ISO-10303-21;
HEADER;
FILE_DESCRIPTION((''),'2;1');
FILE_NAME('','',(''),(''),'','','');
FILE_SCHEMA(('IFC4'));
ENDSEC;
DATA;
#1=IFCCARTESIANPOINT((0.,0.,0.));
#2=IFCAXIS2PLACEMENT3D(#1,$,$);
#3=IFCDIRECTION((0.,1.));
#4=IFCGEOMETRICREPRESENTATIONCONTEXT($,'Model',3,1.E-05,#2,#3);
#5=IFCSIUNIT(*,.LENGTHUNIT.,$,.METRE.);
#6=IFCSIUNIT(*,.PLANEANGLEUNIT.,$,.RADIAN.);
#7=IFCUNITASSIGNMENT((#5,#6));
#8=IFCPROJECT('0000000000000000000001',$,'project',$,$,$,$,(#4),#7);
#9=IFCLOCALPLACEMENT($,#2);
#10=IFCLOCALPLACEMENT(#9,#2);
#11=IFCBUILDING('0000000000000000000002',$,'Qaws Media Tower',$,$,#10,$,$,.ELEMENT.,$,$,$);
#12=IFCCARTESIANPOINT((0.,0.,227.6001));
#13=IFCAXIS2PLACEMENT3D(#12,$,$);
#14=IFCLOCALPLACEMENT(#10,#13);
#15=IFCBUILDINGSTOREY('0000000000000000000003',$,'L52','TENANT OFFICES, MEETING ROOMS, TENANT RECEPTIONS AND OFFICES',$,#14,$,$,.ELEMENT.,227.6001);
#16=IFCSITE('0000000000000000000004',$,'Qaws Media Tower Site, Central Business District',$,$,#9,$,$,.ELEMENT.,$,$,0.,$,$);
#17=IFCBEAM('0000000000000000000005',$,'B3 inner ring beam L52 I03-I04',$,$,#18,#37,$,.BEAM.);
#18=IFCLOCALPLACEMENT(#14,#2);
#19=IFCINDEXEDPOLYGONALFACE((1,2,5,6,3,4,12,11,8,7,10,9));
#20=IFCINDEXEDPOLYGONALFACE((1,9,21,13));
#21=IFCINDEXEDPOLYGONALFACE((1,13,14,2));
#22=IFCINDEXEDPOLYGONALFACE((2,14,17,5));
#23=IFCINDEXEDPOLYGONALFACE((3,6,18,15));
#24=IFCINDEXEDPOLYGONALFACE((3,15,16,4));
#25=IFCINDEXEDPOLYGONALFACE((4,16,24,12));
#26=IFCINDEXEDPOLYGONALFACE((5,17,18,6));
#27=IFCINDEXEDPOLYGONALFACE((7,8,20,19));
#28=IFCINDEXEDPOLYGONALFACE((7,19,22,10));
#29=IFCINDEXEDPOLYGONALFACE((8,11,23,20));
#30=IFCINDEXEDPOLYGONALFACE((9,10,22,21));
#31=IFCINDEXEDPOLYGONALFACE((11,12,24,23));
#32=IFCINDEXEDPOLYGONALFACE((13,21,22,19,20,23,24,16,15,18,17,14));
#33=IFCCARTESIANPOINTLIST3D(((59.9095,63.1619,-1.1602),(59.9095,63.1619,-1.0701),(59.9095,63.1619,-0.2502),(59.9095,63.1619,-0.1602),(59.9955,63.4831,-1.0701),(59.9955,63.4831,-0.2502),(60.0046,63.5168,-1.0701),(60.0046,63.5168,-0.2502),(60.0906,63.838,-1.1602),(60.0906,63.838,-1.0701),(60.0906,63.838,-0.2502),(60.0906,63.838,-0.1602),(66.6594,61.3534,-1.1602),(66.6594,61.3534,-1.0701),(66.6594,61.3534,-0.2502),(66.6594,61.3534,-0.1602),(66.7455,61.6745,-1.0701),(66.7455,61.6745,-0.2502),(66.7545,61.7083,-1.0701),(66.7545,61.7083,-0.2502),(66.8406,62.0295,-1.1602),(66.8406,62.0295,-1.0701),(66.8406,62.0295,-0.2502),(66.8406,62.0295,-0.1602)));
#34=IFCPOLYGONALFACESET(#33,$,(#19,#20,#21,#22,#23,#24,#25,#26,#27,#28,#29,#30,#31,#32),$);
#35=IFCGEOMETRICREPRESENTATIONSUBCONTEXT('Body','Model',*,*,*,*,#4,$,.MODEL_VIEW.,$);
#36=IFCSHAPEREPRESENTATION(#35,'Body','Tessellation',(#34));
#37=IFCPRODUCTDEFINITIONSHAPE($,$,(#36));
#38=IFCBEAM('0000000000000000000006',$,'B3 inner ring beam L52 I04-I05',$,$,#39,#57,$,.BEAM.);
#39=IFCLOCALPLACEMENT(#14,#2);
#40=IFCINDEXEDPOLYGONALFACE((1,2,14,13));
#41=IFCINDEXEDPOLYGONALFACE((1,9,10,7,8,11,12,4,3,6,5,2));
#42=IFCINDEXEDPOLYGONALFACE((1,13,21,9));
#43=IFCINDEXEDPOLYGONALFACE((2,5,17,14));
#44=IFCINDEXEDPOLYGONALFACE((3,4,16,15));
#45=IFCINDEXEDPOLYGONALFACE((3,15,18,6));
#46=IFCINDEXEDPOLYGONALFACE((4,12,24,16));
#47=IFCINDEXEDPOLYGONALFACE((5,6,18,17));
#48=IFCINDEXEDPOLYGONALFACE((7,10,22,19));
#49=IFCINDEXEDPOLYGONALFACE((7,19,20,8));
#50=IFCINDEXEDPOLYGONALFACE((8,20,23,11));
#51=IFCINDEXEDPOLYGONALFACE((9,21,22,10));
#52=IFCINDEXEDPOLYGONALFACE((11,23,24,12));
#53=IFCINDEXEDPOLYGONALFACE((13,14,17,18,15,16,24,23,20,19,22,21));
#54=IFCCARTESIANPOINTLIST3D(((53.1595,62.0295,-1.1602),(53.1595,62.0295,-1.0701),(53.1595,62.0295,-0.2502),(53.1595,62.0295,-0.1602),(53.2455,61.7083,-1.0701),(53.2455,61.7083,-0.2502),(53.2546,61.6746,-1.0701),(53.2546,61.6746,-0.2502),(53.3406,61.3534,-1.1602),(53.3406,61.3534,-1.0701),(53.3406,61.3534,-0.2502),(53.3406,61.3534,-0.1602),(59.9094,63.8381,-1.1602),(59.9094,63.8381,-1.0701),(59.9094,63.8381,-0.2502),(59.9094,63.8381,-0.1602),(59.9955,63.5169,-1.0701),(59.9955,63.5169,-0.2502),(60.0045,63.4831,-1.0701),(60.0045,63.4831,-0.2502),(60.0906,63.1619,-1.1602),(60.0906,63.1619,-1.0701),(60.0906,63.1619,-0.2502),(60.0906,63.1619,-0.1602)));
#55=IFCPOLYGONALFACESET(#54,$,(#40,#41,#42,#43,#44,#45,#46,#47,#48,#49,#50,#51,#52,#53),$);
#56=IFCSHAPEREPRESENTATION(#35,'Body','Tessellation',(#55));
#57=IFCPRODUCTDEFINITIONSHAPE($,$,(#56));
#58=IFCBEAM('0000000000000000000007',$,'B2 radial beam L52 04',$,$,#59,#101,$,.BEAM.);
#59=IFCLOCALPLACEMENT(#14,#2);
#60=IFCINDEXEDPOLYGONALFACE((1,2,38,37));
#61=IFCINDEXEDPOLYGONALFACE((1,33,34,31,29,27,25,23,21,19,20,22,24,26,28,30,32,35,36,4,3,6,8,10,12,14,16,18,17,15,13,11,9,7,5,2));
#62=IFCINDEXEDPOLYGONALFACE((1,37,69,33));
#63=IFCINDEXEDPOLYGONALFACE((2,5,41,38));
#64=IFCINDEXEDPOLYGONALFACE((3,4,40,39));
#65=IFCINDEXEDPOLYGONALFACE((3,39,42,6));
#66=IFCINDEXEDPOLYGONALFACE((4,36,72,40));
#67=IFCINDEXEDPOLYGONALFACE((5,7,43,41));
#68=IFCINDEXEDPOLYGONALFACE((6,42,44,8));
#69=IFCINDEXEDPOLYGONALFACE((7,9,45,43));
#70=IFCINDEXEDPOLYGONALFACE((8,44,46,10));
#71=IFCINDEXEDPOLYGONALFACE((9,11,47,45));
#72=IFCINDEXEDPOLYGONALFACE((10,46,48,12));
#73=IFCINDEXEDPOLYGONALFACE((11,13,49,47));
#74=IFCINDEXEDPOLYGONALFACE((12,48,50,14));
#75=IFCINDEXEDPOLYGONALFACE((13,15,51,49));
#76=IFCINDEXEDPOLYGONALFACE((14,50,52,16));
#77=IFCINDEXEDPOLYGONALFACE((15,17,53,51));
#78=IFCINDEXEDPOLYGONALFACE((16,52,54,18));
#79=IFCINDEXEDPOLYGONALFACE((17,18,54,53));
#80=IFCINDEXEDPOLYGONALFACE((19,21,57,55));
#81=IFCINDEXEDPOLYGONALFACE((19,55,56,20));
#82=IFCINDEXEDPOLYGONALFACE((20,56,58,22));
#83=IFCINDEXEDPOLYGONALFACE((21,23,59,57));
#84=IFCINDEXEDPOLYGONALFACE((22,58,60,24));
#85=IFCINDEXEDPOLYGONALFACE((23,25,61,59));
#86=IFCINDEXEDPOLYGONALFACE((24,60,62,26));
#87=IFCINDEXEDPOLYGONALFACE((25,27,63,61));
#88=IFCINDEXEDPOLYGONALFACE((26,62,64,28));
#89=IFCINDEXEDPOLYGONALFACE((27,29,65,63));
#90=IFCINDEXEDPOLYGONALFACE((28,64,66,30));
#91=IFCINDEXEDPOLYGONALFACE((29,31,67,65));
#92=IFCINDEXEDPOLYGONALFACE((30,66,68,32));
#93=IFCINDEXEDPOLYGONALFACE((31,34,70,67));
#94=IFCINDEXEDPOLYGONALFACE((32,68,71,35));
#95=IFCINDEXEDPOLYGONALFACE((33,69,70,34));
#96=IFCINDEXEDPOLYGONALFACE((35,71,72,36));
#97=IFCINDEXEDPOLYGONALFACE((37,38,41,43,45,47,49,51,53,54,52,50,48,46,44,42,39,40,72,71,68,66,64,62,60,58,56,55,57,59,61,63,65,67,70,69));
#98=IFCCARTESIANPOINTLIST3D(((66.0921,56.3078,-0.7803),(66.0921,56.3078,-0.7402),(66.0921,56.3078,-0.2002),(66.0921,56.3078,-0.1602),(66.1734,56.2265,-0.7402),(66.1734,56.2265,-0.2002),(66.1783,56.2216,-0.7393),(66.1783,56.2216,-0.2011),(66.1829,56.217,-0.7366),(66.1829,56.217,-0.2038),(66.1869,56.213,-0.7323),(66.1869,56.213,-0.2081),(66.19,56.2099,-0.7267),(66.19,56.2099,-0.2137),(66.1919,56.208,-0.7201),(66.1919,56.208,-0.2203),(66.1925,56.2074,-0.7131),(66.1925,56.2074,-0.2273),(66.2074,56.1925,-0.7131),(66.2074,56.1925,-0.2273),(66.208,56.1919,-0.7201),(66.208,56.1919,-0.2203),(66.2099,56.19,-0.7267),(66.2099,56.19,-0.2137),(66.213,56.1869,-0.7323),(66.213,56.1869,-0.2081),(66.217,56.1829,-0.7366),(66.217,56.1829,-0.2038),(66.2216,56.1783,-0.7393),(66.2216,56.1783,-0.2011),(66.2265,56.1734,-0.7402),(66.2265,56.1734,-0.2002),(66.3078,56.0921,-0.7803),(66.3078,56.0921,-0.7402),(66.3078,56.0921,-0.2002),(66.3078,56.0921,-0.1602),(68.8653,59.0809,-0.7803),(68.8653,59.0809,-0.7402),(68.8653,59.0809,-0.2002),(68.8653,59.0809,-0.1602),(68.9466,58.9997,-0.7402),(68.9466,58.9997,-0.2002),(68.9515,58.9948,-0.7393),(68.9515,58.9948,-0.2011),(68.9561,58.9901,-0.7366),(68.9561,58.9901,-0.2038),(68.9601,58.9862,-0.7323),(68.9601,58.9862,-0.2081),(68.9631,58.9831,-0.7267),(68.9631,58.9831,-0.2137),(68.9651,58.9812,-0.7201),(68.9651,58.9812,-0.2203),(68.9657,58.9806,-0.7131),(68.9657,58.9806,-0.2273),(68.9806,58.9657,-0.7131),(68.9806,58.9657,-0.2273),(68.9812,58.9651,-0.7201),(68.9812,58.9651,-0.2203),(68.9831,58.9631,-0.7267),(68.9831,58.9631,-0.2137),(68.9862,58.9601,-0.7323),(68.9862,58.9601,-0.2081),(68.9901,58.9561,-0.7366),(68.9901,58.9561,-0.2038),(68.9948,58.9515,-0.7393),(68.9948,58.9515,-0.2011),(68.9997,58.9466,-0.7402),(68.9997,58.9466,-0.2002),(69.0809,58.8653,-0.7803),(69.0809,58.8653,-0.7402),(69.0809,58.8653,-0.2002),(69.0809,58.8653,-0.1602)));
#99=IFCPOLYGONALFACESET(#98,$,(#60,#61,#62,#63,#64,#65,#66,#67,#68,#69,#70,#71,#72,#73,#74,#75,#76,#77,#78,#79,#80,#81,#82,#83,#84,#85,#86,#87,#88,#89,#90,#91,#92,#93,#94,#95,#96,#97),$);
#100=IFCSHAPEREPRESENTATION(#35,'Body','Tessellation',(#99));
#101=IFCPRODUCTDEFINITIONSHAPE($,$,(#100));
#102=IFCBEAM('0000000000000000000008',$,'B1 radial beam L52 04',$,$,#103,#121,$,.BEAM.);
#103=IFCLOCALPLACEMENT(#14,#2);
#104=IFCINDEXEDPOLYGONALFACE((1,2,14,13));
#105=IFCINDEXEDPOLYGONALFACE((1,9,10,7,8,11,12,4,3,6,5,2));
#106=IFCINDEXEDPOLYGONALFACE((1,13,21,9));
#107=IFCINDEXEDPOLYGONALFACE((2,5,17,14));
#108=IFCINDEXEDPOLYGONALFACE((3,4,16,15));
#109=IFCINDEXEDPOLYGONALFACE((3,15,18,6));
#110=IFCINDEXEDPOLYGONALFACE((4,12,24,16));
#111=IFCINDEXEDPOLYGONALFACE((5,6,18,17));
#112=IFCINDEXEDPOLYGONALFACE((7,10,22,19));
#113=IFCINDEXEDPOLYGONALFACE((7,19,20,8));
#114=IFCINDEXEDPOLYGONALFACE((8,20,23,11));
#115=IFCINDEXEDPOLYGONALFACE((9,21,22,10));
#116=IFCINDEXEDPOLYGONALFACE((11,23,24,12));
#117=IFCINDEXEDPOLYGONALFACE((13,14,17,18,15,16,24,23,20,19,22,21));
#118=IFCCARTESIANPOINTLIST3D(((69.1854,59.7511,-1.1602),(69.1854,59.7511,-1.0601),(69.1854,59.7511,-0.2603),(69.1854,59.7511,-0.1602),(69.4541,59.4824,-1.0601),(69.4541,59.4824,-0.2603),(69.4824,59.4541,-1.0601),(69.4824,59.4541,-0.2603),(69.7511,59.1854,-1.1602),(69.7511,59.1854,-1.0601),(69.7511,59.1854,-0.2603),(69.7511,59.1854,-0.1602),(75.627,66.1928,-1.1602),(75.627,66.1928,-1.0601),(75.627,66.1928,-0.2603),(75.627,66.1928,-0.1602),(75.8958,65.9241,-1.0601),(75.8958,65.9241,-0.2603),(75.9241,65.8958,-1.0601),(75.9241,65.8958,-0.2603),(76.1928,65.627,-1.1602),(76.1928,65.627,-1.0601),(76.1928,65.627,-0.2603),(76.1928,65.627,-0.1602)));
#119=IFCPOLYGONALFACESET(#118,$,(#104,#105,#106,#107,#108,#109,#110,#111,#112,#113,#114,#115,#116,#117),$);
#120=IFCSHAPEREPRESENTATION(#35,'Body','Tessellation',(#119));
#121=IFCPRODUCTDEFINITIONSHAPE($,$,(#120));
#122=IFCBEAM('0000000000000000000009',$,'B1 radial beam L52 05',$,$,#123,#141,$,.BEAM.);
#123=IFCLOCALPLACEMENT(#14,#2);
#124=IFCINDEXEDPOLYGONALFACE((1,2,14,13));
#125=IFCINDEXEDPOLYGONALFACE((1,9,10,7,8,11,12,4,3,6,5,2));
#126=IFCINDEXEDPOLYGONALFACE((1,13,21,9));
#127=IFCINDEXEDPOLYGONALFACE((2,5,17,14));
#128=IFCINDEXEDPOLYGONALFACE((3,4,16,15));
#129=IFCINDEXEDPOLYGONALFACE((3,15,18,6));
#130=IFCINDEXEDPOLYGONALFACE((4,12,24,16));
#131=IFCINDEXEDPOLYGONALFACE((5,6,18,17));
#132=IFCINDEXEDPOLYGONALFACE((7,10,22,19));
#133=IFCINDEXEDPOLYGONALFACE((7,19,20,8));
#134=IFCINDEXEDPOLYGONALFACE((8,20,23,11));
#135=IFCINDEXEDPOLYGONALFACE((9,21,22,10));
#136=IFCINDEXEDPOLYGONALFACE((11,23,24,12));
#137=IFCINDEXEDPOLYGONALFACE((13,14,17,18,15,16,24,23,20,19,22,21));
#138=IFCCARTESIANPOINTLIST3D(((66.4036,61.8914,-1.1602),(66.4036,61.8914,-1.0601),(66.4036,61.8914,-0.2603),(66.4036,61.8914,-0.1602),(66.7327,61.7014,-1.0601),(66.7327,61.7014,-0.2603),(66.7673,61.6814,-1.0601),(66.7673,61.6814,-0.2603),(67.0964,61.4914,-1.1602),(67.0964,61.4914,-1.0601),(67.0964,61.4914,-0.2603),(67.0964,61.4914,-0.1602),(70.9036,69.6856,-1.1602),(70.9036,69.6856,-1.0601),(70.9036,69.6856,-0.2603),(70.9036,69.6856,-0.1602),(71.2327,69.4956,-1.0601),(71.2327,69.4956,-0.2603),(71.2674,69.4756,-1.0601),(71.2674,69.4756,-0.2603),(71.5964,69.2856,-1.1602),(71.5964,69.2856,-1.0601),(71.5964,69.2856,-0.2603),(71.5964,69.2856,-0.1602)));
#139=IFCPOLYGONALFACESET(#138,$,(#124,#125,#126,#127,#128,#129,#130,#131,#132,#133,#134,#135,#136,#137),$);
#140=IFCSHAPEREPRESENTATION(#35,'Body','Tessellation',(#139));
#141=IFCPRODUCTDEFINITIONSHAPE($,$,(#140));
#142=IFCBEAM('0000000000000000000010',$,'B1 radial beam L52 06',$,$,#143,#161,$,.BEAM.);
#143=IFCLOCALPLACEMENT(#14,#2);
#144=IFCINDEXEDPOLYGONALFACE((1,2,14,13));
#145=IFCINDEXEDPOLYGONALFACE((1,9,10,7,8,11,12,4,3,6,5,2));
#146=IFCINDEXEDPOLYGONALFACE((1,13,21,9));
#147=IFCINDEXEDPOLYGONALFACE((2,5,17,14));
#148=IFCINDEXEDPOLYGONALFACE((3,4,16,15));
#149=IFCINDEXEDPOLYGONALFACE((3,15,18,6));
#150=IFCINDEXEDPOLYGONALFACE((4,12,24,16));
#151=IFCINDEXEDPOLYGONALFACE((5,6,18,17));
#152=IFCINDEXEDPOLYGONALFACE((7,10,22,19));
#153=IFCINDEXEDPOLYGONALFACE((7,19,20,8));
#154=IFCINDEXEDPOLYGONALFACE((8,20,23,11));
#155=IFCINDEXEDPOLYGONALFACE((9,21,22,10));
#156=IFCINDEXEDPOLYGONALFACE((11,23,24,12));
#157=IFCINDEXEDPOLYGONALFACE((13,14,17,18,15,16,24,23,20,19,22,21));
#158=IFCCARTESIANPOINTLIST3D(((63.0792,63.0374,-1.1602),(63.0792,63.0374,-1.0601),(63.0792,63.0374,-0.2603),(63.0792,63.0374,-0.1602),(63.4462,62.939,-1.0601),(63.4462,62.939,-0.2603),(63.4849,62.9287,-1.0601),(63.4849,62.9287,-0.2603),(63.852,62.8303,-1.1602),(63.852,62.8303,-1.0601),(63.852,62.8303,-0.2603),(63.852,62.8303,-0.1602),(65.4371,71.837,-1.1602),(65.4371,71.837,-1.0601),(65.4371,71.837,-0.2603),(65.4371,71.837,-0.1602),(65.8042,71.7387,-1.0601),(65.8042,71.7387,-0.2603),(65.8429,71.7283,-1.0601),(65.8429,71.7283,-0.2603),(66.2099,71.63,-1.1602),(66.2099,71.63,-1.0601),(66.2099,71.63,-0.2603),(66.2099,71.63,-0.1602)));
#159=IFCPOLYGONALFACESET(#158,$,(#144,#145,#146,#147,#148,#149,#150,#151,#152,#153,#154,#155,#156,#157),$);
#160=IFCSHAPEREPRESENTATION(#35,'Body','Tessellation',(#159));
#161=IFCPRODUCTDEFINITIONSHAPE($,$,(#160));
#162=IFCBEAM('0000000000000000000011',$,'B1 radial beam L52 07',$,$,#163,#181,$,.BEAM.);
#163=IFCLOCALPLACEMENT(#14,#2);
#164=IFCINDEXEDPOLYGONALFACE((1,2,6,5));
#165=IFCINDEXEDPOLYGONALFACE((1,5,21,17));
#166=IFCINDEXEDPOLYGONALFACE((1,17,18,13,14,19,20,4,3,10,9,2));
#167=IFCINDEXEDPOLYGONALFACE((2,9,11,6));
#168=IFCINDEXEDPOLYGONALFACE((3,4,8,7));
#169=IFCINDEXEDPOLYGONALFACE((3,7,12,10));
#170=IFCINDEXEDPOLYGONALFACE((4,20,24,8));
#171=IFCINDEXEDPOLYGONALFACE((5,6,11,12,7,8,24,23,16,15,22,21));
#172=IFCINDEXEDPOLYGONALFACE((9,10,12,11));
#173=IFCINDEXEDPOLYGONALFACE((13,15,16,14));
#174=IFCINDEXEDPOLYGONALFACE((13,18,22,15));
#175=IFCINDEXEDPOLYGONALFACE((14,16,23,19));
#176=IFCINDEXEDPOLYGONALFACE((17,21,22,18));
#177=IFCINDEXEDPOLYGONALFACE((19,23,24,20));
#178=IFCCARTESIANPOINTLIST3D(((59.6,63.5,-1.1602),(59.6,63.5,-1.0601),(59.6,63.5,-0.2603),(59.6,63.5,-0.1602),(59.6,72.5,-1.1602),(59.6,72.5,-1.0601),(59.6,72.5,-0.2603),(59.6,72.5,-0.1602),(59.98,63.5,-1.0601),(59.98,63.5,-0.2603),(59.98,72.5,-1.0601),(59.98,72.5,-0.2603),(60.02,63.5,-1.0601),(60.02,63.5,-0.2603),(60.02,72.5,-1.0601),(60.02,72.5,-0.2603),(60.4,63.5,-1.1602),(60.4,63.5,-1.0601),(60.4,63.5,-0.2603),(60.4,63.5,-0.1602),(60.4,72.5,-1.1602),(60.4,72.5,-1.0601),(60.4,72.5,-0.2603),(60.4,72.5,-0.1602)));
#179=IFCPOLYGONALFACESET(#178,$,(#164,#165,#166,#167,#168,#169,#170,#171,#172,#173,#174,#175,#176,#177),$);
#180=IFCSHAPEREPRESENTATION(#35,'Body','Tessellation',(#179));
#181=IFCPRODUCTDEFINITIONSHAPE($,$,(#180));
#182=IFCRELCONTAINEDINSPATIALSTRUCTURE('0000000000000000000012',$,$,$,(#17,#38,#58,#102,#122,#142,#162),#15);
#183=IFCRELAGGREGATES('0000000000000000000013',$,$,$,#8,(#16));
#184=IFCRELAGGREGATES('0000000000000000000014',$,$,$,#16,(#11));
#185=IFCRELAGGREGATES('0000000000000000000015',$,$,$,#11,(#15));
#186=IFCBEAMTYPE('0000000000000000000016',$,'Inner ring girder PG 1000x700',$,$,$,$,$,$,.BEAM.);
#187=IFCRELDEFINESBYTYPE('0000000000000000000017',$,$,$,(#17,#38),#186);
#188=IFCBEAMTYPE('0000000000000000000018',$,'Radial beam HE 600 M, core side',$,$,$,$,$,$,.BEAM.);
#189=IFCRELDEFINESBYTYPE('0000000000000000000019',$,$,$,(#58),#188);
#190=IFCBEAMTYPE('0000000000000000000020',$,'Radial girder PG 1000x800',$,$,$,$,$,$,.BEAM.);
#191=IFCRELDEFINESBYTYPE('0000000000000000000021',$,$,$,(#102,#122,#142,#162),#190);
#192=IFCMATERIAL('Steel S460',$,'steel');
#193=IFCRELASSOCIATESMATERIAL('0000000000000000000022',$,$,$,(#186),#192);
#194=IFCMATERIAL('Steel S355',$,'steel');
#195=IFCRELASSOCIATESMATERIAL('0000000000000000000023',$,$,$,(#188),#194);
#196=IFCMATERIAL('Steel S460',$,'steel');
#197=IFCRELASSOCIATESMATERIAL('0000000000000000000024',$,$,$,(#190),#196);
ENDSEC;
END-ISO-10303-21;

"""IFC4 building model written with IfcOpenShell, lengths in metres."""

from ifc_helpers import new_model, si_unit, direction, frame, origin, origin_2d, place, context, subcontext, project, spatial, i_section, extrude, material, material_profile, profile_set, type_object, element, save


model = new_model("IFC4")

# Units and contexts
model_context = context("Model", 3, precision=1e-05, world=origin(), true_north=direction((0.0, 1.0)))
body_context = subcontext(model_context, "Body", "Model", "MODEL_VIEW")
ifc_project = project(units=[si_unit("LENGTHUNIT", "METRE"), si_unit("PLANEANGLEUNIT", "RADIAN")], contexts=[model_context])

# Site, building, storey
site_placement = place(None, origin())
site = spatial("IfcSite", under=ifc_project, at=site_placement, Name="Qaws Media Tower Site, Central Business District", CompositionType="ELEMENT", RefElevation=0.0)
building_placement = place(site_placement, origin())
building = spatial("IfcBuilding", under=site, at=building_placement, Name="Qaws Media Tower", CompositionType="ELEMENT")
storey_placement = place(building_placement, frame((0.0, 0.0, 227.6001)))
storey = spatial("IfcBuildingStorey", under=building, at=storey_placement, Name="L52", Description="TENANT OFFICES, MEETING ROOMS, TENANT RECEPTIONS AND OFFICES", CompositionType="ELEMENT", Elevation=227.6001)

# Beams
ifc_material_1 = material(Name="Steel S460", Category="steel")
ifc_material_profile_1 = material_profile(ifc_material_1, i_section(OverallWidth=0.7, OverallDepth=1.0, WebThickness=0.0349, FlangeThickness=0.0901, at=origin_2d()), Name="PG 1000x700")
ifc_profile_set_1 = profile_set([ifc_material_profile_1], Name="Steel S460")
beam_type_1 = type_object("IfcBeamType", Name="Inner ring girder PG 1000x700", PredefinedType="BEAM", material=ifc_profile_set_1)
for number, where, z_axis, x_axis, name in (
    (1, (66.75, 61.6914, -0.6602), (-0.965928, 0.258811, 0.0), (-0.258811, -0.965928, 0.0), "B3 inner ring beam L52 I03-I04"),
    (2, (60.0, 63.5, -0.6602), (-0.965928, -0.258811, 0.0), (0.258811, -0.965928, 0.0), "B3 inner ring beam L52 I04-I05"),
):
    element("IfcBeam", number, at=place(storey_placement, frame(where, z_axis=z_axis, x_axis=x_axis)), inside=storey, type_object=beam_type_1, Name=name, PredefinedType="BEAM", context=body_context, shape_type="SweptSolid", body=[
        extrude(i_section(OverallWidth=0.7, OverallDepth=1.0, WebThickness=0.0349, FlangeThickness=0.0901, at=origin_2d()), origin(), (0.0, 0.0, 1.0), 6.988),
    ])
ifc_material_2 = material(Name="Steel S355", Category="steel")
ifc_material_profile_2 = material_profile(ifc_material_2, i_section(OverallWidth=0.3049, OverallDepth=0.6201, WebThickness=0.021, FlangeThickness=0.04, FilletRadius=0.0271, at=origin_2d()), Name="HE 600 M")
ifc_profile_set_2 = profile_set([ifc_material_profile_2], Name="Steel S355")
beam_type_2 = type_object("IfcBeamType", Name="Radial beam HE 600 M, core side", PredefinedType="BEAM", material=ifc_profile_set_2)
beam_1_placement = place(storey_placement, frame((66.2, 56.2, -0.4702), z_axis=(0.707107, 0.707107, 0.0), x_axis=(-0.707107, 0.707107, 0.0)))
element("IfcBeam", 3, at=beam_1_placement, inside=storey, type_object=beam_type_2, Name="B2 radial beam L52 04", PredefinedType="BEAM", context=body_context, shape_type="SweptSolid", body=[
    extrude(i_section(OverallWidth=0.3049, OverallDepth=0.6201, WebThickness=0.021, FlangeThickness=0.04, FilletRadius=0.0271, at=origin_2d()), origin(), (0.0, 0.0, 1.0), 3.9219),
])
ifc_material_3 = material(Name="Steel S460", Category="steel")
ifc_material_profile_3 = material_profile(ifc_material_3, i_section(OverallWidth=0.8, OverallDepth=1.0, WebThickness=0.04, FlangeThickness=0.1001, at=origin_2d()), Name="PG 1000x800")
ifc_profile_set_3 = profile_set([ifc_material_profile_3], Name="Steel S460")
beam_type_3 = type_object("IfcBeamType", Name="Radial girder PG 1000x800", PredefinedType="BEAM", material=ifc_profile_set_3)
beam_2_placement = place(storey_placement, frame((69.4683, 59.4683, -0.6602), z_axis=(0.707107, 0.707107, 0.0), x_axis=(-0.707107, 0.707107, 0.0)))
element("IfcBeam", 4, at=beam_2_placement, inside=storey, type_object=beam_type_3, Name="B1 radial beam L52 04", PredefinedType="BEAM", context=body_context, shape_type="SweptSolid", body=[
    extrude(i_section(OverallWidth=0.8, OverallDepth=1.0, WebThickness=0.04, FlangeThickness=0.1001, at=origin_2d()), origin(), (0.0, 0.0, 1.0), 9.1099),
])
beam_3_placement = place(storey_placement, frame((66.75, 61.6914, -0.6602), z_axis=(0.500002, 0.866024, 0.0), x_axis=(-0.866024, 0.500002, 0.0)))
element("IfcBeam", 5, at=beam_3_placement, inside=storey, type_object=beam_type_3, Name="B1 radial beam L52 05", PredefinedType="BEAM", context=body_context, shape_type="SweptSolid", body=[
    extrude(i_section(OverallWidth=0.8, OverallDepth=1.0, WebThickness=0.04, FlangeThickness=0.1001, at=origin_2d()), origin(), (0.0, 0.0, 1.0), 9.0),
])
beam_4_placement = place(storey_placement, frame((63.4656, 62.9338, -0.6602), z_axis=(0.258827, 0.965924, 0.0), x_axis=(-0.965924, 0.258827, 0.0)))
element("IfcBeam", 6, at=beam_4_placement, inside=storey, type_object=beam_type_3, Name="B1 radial beam L52 06", PredefinedType="BEAM", context=body_context, shape_type="SweptSolid", body=[
    extrude(i_section(OverallWidth=0.8, OverallDepth=1.0, WebThickness=0.04, FlangeThickness=0.1001, at=origin_2d()), origin(), (0.0, 0.0, 1.0), 9.1101),
])
beam_5_placement = place(storey_placement, frame((60.0, 63.5, -0.6602), z_axis=(0.0, 1.0, 0.0), x_axis=(-1.0, 0.0, 0.0)))
element("IfcBeam", 7, at=beam_5_placement, inside=storey, type_object=beam_type_3, Name="B1 radial beam L52 07", PredefinedType="BEAM", context=body_context, shape_type="SweptSolid", body=[
    extrude(i_section(OverallWidth=0.8, OverallDepth=1.0, WebThickness=0.04, FlangeThickness=0.1001, at=origin_2d()), origin(), (0.0, 0.0, 1.0), 9.0),
])

save(model, "model.ifc")
